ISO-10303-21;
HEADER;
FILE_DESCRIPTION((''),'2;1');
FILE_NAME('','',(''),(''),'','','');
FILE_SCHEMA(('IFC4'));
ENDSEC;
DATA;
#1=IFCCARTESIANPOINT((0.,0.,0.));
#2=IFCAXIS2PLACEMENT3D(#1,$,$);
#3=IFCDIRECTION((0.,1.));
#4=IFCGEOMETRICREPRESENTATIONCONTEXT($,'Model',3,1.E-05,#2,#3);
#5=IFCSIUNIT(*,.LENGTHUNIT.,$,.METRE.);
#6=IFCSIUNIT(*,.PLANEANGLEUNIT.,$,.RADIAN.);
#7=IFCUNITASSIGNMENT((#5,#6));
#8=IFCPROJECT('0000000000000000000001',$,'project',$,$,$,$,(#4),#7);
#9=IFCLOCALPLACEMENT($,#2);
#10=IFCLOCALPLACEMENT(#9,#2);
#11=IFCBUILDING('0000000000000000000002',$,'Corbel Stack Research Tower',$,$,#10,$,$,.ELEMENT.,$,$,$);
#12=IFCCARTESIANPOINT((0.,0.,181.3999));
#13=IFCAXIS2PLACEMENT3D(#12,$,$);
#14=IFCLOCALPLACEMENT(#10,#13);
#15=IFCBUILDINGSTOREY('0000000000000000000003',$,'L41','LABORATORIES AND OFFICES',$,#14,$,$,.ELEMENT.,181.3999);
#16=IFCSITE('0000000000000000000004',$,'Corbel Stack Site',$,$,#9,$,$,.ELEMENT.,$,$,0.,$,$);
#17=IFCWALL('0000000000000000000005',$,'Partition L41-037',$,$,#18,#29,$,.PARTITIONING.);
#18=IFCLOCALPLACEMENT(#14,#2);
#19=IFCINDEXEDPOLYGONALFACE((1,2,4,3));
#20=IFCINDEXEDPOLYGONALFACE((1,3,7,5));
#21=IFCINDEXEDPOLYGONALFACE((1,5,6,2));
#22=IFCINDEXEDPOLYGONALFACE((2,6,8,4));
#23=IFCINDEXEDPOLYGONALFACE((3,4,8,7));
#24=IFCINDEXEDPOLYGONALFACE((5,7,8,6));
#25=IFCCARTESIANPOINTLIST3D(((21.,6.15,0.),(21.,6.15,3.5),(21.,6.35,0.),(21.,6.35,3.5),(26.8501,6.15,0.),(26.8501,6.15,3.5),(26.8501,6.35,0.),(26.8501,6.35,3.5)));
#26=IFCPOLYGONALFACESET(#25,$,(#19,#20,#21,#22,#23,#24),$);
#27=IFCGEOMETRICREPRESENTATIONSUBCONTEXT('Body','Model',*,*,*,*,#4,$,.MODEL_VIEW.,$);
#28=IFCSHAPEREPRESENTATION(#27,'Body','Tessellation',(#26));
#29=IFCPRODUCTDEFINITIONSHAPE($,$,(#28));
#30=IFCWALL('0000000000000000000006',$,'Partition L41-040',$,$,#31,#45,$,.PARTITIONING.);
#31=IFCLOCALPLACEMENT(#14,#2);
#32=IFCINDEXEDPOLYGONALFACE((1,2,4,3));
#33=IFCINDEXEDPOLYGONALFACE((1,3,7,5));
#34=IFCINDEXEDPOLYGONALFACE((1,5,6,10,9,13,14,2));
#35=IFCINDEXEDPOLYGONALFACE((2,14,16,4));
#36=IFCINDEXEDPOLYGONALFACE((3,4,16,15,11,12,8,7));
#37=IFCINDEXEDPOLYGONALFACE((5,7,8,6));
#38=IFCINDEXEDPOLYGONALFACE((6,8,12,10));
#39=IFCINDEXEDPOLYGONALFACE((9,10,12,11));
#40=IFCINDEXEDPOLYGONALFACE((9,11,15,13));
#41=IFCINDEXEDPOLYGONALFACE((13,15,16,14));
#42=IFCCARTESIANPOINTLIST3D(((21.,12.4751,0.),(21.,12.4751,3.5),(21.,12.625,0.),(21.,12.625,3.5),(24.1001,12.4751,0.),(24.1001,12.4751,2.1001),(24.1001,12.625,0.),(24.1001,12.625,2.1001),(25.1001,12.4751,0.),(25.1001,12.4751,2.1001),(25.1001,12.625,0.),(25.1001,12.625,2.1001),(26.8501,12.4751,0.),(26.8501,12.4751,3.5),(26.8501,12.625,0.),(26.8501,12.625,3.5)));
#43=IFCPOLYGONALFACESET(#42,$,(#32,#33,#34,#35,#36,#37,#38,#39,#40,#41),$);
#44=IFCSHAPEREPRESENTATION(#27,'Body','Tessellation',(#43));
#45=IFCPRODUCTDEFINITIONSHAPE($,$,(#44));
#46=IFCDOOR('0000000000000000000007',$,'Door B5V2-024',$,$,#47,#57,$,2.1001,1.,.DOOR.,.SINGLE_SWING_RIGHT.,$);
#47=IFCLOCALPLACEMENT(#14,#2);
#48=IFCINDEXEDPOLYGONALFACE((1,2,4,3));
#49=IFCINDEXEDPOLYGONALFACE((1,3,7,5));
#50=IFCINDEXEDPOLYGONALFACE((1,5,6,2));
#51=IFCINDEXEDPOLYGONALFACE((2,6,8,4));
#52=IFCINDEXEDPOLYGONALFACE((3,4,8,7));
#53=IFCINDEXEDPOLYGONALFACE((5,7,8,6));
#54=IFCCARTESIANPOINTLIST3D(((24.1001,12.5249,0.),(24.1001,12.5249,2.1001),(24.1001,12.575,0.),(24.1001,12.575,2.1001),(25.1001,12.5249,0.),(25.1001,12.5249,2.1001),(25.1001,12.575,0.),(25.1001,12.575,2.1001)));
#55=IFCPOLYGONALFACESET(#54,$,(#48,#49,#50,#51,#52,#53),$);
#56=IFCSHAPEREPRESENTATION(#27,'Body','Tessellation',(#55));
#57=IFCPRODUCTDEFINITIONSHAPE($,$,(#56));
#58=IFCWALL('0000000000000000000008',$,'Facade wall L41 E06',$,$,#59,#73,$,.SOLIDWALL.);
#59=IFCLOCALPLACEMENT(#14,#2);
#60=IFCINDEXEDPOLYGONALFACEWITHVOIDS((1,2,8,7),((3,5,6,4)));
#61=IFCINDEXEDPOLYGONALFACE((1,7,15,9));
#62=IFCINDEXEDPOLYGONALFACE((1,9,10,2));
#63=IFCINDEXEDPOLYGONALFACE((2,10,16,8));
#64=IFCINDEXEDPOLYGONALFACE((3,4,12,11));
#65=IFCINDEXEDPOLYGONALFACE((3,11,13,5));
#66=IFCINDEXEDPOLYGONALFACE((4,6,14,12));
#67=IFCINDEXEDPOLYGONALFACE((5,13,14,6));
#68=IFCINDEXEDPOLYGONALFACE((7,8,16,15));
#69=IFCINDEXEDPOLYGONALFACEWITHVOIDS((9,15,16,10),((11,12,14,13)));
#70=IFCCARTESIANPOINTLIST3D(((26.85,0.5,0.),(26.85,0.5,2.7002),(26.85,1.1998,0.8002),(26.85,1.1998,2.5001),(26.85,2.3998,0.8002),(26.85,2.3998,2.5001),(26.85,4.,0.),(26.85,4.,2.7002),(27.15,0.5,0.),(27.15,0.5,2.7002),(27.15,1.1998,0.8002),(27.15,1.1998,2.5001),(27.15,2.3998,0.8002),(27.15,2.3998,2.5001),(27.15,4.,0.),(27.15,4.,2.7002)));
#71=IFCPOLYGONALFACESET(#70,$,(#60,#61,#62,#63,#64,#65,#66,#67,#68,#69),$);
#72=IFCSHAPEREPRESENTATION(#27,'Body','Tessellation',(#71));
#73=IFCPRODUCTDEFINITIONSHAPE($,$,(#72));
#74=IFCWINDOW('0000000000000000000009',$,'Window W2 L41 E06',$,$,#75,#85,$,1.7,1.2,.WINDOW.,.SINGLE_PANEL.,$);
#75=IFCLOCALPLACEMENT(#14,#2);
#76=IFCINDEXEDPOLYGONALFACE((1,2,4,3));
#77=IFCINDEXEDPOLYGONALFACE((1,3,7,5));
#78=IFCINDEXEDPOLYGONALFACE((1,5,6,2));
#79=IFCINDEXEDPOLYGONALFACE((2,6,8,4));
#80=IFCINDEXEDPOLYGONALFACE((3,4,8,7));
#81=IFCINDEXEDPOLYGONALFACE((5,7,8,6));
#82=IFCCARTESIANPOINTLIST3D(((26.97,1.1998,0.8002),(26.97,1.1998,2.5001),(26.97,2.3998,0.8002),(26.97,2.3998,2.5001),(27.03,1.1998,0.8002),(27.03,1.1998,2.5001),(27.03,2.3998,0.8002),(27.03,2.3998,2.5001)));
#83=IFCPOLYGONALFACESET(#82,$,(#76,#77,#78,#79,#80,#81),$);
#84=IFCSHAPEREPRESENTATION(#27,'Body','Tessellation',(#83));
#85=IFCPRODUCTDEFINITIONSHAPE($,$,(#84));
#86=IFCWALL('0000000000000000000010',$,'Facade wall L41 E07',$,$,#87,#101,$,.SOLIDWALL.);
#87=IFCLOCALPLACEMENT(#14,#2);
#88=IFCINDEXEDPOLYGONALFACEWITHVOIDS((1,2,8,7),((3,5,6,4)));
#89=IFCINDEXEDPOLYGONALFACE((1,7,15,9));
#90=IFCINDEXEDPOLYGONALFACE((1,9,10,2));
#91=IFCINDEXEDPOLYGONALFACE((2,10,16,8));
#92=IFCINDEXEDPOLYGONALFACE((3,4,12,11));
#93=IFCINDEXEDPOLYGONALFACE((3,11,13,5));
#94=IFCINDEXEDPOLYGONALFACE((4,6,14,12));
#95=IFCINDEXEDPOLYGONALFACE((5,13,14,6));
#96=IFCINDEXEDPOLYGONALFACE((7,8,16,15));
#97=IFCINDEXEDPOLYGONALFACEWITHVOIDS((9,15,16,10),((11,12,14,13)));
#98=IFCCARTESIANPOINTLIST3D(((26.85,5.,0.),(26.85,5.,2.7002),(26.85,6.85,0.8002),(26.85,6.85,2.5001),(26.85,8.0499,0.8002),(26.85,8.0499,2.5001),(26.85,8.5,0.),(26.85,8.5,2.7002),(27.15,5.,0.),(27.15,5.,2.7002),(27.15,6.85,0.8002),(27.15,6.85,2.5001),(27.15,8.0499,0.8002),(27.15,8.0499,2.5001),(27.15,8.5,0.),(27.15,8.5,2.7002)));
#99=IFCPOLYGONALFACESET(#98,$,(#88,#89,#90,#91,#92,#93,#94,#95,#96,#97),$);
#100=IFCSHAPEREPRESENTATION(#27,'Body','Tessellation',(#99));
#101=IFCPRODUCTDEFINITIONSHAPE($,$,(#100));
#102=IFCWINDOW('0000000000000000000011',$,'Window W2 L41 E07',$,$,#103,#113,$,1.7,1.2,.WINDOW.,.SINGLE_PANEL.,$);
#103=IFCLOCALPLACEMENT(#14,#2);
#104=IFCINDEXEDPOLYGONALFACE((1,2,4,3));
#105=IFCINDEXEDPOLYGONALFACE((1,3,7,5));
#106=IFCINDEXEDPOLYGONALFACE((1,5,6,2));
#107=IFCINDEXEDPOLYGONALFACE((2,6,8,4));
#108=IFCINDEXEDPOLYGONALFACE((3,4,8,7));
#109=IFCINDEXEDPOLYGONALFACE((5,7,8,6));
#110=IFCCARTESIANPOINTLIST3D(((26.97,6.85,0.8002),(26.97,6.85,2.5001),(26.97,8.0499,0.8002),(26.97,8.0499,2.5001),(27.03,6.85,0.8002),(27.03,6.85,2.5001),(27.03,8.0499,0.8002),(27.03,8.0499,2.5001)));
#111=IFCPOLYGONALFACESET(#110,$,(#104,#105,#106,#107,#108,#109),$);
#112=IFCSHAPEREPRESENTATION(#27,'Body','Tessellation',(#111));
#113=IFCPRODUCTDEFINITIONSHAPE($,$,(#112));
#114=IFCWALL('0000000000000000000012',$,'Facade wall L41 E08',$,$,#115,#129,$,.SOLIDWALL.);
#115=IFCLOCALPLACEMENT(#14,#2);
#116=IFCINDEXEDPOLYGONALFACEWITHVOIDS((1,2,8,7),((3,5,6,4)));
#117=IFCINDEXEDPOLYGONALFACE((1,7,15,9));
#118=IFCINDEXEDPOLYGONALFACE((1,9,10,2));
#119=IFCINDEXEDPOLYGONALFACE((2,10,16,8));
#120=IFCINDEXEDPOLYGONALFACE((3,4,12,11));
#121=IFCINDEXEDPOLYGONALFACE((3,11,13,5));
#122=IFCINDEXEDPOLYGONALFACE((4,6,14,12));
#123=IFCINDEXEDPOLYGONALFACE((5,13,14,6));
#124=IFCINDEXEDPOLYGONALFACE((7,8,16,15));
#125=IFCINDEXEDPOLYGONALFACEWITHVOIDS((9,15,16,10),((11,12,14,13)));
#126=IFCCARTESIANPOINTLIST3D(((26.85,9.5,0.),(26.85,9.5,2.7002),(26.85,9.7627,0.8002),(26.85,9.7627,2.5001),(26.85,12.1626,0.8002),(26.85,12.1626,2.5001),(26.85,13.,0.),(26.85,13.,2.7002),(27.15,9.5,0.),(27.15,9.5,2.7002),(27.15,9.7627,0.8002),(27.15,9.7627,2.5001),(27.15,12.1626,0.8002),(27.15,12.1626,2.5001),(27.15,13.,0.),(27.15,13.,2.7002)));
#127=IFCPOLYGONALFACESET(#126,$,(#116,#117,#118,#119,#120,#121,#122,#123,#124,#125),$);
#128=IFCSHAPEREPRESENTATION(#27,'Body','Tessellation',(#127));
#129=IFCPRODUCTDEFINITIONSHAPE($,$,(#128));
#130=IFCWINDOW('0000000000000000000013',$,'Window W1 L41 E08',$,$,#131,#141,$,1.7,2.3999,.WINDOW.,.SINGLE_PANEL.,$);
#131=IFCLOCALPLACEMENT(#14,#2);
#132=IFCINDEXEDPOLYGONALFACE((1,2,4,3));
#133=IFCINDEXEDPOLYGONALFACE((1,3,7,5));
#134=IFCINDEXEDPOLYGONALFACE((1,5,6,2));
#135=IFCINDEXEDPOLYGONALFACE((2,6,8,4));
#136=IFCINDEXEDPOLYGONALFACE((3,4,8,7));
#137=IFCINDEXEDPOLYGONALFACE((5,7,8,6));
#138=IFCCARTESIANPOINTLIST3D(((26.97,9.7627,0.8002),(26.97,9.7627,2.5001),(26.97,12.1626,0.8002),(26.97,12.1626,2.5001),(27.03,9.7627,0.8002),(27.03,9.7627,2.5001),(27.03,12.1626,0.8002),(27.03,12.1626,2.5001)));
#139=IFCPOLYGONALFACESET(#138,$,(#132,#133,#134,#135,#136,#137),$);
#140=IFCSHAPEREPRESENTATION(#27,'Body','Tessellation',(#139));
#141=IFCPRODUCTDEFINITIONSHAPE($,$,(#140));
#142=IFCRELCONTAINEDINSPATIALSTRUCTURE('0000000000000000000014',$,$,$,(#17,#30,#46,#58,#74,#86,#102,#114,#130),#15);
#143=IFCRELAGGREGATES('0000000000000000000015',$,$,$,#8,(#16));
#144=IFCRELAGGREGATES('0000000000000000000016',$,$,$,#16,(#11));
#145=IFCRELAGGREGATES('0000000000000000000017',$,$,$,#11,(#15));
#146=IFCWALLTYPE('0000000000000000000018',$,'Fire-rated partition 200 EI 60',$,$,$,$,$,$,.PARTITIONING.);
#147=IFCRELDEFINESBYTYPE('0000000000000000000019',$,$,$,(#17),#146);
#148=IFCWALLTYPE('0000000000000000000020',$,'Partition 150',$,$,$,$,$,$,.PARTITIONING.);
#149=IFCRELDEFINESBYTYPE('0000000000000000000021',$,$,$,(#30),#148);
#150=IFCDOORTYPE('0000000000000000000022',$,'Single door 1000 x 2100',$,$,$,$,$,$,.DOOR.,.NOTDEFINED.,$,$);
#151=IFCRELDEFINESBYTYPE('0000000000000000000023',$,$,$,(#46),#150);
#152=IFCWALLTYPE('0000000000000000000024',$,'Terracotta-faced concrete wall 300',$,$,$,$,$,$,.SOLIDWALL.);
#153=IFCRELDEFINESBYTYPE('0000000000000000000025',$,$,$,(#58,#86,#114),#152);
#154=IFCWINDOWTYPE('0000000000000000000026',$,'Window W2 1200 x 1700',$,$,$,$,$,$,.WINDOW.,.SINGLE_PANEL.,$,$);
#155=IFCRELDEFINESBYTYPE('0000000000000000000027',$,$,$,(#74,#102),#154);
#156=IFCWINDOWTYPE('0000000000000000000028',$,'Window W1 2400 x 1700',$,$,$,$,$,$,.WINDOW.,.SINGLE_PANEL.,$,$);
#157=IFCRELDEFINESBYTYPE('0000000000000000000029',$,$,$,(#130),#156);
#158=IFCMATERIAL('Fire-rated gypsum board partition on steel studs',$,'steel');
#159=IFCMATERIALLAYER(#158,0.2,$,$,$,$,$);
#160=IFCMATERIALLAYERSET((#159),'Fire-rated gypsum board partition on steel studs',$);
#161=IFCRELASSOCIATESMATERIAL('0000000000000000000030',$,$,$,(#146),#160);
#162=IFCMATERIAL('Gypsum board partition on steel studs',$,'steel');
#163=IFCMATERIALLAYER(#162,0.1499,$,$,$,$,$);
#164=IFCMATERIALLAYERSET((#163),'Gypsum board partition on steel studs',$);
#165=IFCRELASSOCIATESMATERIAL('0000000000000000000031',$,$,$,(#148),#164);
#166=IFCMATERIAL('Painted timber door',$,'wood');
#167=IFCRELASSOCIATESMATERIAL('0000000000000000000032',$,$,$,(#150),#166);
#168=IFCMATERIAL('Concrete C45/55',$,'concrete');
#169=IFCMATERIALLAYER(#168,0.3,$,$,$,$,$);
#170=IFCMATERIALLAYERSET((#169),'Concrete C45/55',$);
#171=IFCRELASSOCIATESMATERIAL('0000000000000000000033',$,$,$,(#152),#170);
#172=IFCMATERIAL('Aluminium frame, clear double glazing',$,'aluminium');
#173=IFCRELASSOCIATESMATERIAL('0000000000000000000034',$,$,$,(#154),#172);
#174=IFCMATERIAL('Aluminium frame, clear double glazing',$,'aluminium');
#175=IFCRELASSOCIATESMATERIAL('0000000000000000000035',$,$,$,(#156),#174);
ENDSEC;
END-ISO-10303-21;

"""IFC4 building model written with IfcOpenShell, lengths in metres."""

from ifc_helpers import new_model, si_unit, direction, frame, frame_2d, origin, place, context, subcontext, project, spatial, rectangle, extrude, material, layer, layer_set, type_object, element, fill, save


model = new_model("IFC4")

# Units and contexts
model_context = context("Model", 3, precision=1e-05, world=origin(), true_north=direction((0.0, 1.0)))
body_context = subcontext(model_context, "Body", "Model", "MODEL_VIEW")
ifc_project = project(units=[si_unit("LENGTHUNIT", "METRE"), si_unit("PLANEANGLEUNIT", "RADIAN")], contexts=[model_context])

# Site, building, storey
site_placement = place(None, origin())
site = spatial("IfcSite", under=ifc_project, at=site_placement, Name="Corbel Stack Site", CompositionType="ELEMENT", RefElevation=0.0)
building_placement = place(site_placement, origin())
building = spatial("IfcBuilding", under=site, at=building_placement, Name="Corbel Stack Research Tower", CompositionType="ELEMENT")
storey_placement = place(building_placement, frame((0.0, 0.0, 181.3999)))
storey = spatial("IfcBuildingStorey", under=building, at=storey_placement, Name="L41", Description="LABORATORIES AND OFFICES", CompositionType="ELEMENT", Elevation=181.3999)

# Shared definitions
ifc_material_1 = material(Name="Fire-rated gypsum board partition on steel studs", Category="steel")
ifc_layer_1 = layer(ifc_material_1, 0.2)
ifc_layer_set_1 = layer_set([ifc_layer_1], Name="Fire-rated gypsum board partition on steel studs")
wall_type_1 = type_object("IfcWallType", Name="Fire-rated partition 200 EI 60", PredefinedType="PARTITIONING", material=ifc_layer_set_1)

# Wall
for number, where, z_axis, x_axis, name in (
    (1, (21.0, 6.25, 0.0), (0.0, 0.0, 1.0), (1.0, 0.0, 0.0), "Partition L41-037"),
):
    element("IfcWall", number, at=place(storey_placement, frame(where, z_axis=z_axis, x_axis=x_axis)), inside=storey, type_object=wall_type_1, Name=name, PredefinedType="PARTITIONING", context=body_context, shape_type="SweptSolid", body=[
        extrude(rectangle(XDim=5.8501, YDim=0.2, at=frame_2d((2.925, 0.0))), origin(), (0.0, 0.0, 1.0), 3.5),
    ])

# Wall, opening, door
ifc_material_2 = material(Name="Gypsum board partition on steel studs", Category="steel")
ifc_layer_2 = layer(ifc_material_2, 0.1499)
ifc_layer_set_2 = layer_set([ifc_layer_2], Name="Gypsum board partition on steel studs")
wall_type_2 = type_object("IfcWallType", Name="Partition 150", PredefinedType="PARTITIONING", material=ifc_layer_set_2)
wall_1_placement = place(storey_placement, frame((21.0, 12.55, 0.0), z_axis=(0.0, 0.0, 1.0), x_axis=(1.0, 0.0, 0.0)))
wall_1 = element("IfcWall", 2, at=wall_1_placement, inside=storey, type_object=wall_type_2, Name="Partition L41-040", PredefinedType="PARTITIONING", context=body_context, shape_type="SweptSolid", body=[
    extrude(rectangle(XDim=5.8501, YDim=0.1499, at=frame_2d((2.925, 0.0))), origin(), (0.0, 0.0, 1.0), 3.5),
])
opening_1_placement = place(wall_1_placement, frame((3.1001, 0.0, 0.0)))
opening_1 = element("IfcOpeningElement", 3, at=opening_1_placement, cuts=wall_1, PredefinedType="OPENING", context=body_context, shape_type="SweptSolid", body=[
    extrude(rectangle(XDim=1.0, YDim=2.1001, at=frame_2d((0.5, 1.05))), frame((0.0, 0.085, 0.0), z_axis=(0.0, -1.0, 0.0), x_axis=(1.0, 0.0, 0.0)), (0.0, 0.0, 1.0), 0.1699),
])
ifc_material_3 = material(Name="Painted timber door", Category="wood")
door_type_1 = type_object("IfcDoorType", Name="Single door 1000 x 2100", OperationType="NOTDEFINED", PredefinedType="DOOR", material=ifc_material_3)
door_1_placement = place(opening_1_placement, origin())
door_1 = element("IfcDoor", 4, at=door_1_placement, inside=storey, type_object=door_type_1, Name="Door B5V2-024", OperationType="SINGLE_SWING_RIGHT", OverallHeight=2.1001, OverallWidth=1.0, PredefinedType="DOOR", context=body_context, shape_type="SweptSolid", body=[
    extrude(rectangle(XDim=1.0, YDim=2.1001, at=frame_2d((0.5, 1.05))), frame((0.0, 0.0249, 0.0), z_axis=(0.0, -1.0, 0.0), x_axis=(1.0, 0.0, 0.0)), (0.0, 0.0, 1.0), 0.05),
])
fill(opening_1, door_1)

# Walls, openings, windows
ifc_material_4 = material(Name="Concrete C45/55", Category="concrete")
ifc_layer_3 = layer(ifc_material_4, 0.3)
ifc_layer_set_3 = layer_set([ifc_layer_3], Name="Concrete C45/55")
wall_type_3 = type_object("IfcWallType", Name="Terracotta-faced concrete wall 300", PredefinedType="SOLIDWALL", material=ifc_layer_set_3)
wall_2_placement = place(storey_placement, frame((27.0, 4.0, 0.0), z_axis=(0.0, 0.0, 1.0), x_axis=(0.0, -1.0, 0.0)))
wall_2 = element("IfcWall", 5, at=wall_2_placement, inside=storey, type_object=wall_type_3, Name="Facade wall L41 E06", PredefinedType="SOLIDWALL", context=body_context, shape_type="SweptSolid", body=[
    extrude(rectangle(XDim=3.5, YDim=0.3, at=frame_2d((1.75, 0.0))), origin(), (0.0, 0.0, 1.0), 2.7002),
])
opening_2_placement = place(wall_2_placement, frame((1.6001, 0.0, 0.8)))
opening_2 = element("IfcOpeningElement", 6, at=opening_2_placement, cuts=wall_2, PredefinedType="OPENING", context=body_context, shape_type="SweptSolid", body=[
    extrude(rectangle(XDim=1.2, YDim=1.7, at=frame_2d((0.6001, 0.8501))), frame((0.0, 0.1599, 0.0), z_axis=(0.0, -1.0, 0.0), x_axis=(1.0, 0.0, 0.0)), (0.0, 0.0, 1.0), 0.3201),
])
ifc_material_5 = material(Name="Aluminium frame, clear double glazing", Category="aluminium")
window_type_1 = type_object("IfcWindowType", Name="Window W2 1200 x 1700", PartitioningType="SINGLE_PANEL", PredefinedType="WINDOW", material=ifc_material_5)
window_1_placement = place(opening_2_placement, origin())
window_1 = element("IfcWindow", 7, at=window_1_placement, inside=storey, type_object=window_type_1, Name="Window W2 L41 E06", OverallHeight=1.7, OverallWidth=1.2, PartitioningType="SINGLE_PANEL", PredefinedType="WINDOW", context=body_context, shape_type="SweptSolid", body=[
    extrude(rectangle(XDim=1.2, YDim=1.7, at=frame_2d((0.6001, 0.8501))), frame((0.0, 0.03, 0.0), z_axis=(0.0, -1.0, 0.0), x_axis=(1.0, 0.0, 0.0)), (0.0, 0.0, 1.0), 0.0601),
])
fill(opening_2, window_1)
wall_3_placement = place(storey_placement, frame((27.0, 8.5, 0.0), z_axis=(0.0, 0.0, 1.0), x_axis=(0.0, -1.0, 0.0)))
wall_3 = element("IfcWall", 8, at=wall_3_placement, inside=storey, type_object=wall_type_3, Name="Facade wall L41 E07", PredefinedType="SOLIDWALL", context=body_context, shape_type="SweptSolid", body=[
    extrude(rectangle(XDim=3.5, YDim=0.3, at=frame_2d((1.75, 0.0))), origin(), (0.0, 0.0, 1.0), 2.7002),
])
opening_3_placement = place(wall_3_placement, frame((0.45, 0.0, 0.8)))
opening_3 = element("IfcOpeningElement", 9, at=opening_3_placement, cuts=wall_3, PredefinedType="OPENING", context=body_context, shape_type="SweptSolid", body=[
    extrude(rectangle(XDim=1.2, YDim=1.7, at=frame_2d((0.6001, 0.8501))), frame((0.0, 0.1599, 0.0), z_axis=(0.0, -1.0, 0.0), x_axis=(1.0, 0.0, 0.0)), (0.0, 0.0, 1.0), 0.3201),
])
window_2_placement = place(opening_3_placement, origin())
window_2 = element("IfcWindow", 10, at=window_2_placement, inside=storey, type_object=window_type_1, Name="Window W2 L41 E07", OverallHeight=1.7, OverallWidth=1.2, PartitioningType="SINGLE_PANEL", PredefinedType="WINDOW", context=body_context, shape_type="SweptSolid", body=[
    extrude(rectangle(XDim=1.2, YDim=1.7, at=frame_2d((0.6001, 0.8501))), frame((0.0, 0.03, 0.0), z_axis=(0.0, -1.0, 0.0), x_axis=(1.0, 0.0, 0.0)), (0.0, 0.0, 1.0), 0.0601),
])
fill(opening_3, window_2)
wall_4_placement = place(storey_placement, frame((27.0, 13.0, 0.0), z_axis=(0.0, 0.0, 1.0), x_axis=(0.0, -1.0, 0.0)))
wall_4 = element("IfcWall", 11, at=wall_4_placement, inside=storey, type_object=wall_type_3, Name="Facade wall L41 E08", PredefinedType="SOLIDWALL", context=body_context, shape_type="SweptSolid", body=[
    extrude(rectangle(XDim=3.5, YDim=0.3, at=frame_2d((1.75, 0.0))), origin(), (0.0, 0.0, 1.0), 2.7002),
])
opening_4_placement = place(wall_4_placement, frame((0.8374, 0.0, 0.8)))
opening_4 = element("IfcOpeningElement", 12, at=opening_4_placement, cuts=wall_4, PredefinedType="OPENING", context=body_context, shape_type="SweptSolid", body=[
    extrude(rectangle(XDim=2.3999, YDim=1.7, at=frame_2d((1.2, 0.8501))), frame((0.0, 0.1599, 0.0), z_axis=(0.0, -1.0, 0.0), x_axis=(1.0, 0.0, 0.0)), (0.0, 0.0, 1.0), 0.3201),
])
ifc_material_6 = material(Name="Aluminium frame, clear double glazing", Category="aluminium")
window_type_2 = type_object("IfcWindowType", Name="Window W1 2400 x 1700", PartitioningType="SINGLE_PANEL", PredefinedType="WINDOW", material=ifc_material_6)
window_3_placement = place(opening_4_placement, origin())
window_3 = element("IfcWindow", 13, at=window_3_placement, inside=storey, type_object=window_type_2, Name="Window W1 L41 E08", OverallHeight=1.7, OverallWidth=2.3999, PartitioningType="SINGLE_PANEL", PredefinedType="WINDOW", context=body_context, shape_type="SweptSolid", body=[
    extrude(rectangle(XDim=2.3999, YDim=1.7, at=frame_2d((1.2, 0.8501))), frame((0.0, 0.03, 0.0), z_axis=(0.0, -1.0, 0.0), x_axis=(1.0, 0.0, 0.0)), (0.0, 0.0, 1.0), 0.0601),
])
fill(opening_4, window_3)

save(model, "model.ifc")
